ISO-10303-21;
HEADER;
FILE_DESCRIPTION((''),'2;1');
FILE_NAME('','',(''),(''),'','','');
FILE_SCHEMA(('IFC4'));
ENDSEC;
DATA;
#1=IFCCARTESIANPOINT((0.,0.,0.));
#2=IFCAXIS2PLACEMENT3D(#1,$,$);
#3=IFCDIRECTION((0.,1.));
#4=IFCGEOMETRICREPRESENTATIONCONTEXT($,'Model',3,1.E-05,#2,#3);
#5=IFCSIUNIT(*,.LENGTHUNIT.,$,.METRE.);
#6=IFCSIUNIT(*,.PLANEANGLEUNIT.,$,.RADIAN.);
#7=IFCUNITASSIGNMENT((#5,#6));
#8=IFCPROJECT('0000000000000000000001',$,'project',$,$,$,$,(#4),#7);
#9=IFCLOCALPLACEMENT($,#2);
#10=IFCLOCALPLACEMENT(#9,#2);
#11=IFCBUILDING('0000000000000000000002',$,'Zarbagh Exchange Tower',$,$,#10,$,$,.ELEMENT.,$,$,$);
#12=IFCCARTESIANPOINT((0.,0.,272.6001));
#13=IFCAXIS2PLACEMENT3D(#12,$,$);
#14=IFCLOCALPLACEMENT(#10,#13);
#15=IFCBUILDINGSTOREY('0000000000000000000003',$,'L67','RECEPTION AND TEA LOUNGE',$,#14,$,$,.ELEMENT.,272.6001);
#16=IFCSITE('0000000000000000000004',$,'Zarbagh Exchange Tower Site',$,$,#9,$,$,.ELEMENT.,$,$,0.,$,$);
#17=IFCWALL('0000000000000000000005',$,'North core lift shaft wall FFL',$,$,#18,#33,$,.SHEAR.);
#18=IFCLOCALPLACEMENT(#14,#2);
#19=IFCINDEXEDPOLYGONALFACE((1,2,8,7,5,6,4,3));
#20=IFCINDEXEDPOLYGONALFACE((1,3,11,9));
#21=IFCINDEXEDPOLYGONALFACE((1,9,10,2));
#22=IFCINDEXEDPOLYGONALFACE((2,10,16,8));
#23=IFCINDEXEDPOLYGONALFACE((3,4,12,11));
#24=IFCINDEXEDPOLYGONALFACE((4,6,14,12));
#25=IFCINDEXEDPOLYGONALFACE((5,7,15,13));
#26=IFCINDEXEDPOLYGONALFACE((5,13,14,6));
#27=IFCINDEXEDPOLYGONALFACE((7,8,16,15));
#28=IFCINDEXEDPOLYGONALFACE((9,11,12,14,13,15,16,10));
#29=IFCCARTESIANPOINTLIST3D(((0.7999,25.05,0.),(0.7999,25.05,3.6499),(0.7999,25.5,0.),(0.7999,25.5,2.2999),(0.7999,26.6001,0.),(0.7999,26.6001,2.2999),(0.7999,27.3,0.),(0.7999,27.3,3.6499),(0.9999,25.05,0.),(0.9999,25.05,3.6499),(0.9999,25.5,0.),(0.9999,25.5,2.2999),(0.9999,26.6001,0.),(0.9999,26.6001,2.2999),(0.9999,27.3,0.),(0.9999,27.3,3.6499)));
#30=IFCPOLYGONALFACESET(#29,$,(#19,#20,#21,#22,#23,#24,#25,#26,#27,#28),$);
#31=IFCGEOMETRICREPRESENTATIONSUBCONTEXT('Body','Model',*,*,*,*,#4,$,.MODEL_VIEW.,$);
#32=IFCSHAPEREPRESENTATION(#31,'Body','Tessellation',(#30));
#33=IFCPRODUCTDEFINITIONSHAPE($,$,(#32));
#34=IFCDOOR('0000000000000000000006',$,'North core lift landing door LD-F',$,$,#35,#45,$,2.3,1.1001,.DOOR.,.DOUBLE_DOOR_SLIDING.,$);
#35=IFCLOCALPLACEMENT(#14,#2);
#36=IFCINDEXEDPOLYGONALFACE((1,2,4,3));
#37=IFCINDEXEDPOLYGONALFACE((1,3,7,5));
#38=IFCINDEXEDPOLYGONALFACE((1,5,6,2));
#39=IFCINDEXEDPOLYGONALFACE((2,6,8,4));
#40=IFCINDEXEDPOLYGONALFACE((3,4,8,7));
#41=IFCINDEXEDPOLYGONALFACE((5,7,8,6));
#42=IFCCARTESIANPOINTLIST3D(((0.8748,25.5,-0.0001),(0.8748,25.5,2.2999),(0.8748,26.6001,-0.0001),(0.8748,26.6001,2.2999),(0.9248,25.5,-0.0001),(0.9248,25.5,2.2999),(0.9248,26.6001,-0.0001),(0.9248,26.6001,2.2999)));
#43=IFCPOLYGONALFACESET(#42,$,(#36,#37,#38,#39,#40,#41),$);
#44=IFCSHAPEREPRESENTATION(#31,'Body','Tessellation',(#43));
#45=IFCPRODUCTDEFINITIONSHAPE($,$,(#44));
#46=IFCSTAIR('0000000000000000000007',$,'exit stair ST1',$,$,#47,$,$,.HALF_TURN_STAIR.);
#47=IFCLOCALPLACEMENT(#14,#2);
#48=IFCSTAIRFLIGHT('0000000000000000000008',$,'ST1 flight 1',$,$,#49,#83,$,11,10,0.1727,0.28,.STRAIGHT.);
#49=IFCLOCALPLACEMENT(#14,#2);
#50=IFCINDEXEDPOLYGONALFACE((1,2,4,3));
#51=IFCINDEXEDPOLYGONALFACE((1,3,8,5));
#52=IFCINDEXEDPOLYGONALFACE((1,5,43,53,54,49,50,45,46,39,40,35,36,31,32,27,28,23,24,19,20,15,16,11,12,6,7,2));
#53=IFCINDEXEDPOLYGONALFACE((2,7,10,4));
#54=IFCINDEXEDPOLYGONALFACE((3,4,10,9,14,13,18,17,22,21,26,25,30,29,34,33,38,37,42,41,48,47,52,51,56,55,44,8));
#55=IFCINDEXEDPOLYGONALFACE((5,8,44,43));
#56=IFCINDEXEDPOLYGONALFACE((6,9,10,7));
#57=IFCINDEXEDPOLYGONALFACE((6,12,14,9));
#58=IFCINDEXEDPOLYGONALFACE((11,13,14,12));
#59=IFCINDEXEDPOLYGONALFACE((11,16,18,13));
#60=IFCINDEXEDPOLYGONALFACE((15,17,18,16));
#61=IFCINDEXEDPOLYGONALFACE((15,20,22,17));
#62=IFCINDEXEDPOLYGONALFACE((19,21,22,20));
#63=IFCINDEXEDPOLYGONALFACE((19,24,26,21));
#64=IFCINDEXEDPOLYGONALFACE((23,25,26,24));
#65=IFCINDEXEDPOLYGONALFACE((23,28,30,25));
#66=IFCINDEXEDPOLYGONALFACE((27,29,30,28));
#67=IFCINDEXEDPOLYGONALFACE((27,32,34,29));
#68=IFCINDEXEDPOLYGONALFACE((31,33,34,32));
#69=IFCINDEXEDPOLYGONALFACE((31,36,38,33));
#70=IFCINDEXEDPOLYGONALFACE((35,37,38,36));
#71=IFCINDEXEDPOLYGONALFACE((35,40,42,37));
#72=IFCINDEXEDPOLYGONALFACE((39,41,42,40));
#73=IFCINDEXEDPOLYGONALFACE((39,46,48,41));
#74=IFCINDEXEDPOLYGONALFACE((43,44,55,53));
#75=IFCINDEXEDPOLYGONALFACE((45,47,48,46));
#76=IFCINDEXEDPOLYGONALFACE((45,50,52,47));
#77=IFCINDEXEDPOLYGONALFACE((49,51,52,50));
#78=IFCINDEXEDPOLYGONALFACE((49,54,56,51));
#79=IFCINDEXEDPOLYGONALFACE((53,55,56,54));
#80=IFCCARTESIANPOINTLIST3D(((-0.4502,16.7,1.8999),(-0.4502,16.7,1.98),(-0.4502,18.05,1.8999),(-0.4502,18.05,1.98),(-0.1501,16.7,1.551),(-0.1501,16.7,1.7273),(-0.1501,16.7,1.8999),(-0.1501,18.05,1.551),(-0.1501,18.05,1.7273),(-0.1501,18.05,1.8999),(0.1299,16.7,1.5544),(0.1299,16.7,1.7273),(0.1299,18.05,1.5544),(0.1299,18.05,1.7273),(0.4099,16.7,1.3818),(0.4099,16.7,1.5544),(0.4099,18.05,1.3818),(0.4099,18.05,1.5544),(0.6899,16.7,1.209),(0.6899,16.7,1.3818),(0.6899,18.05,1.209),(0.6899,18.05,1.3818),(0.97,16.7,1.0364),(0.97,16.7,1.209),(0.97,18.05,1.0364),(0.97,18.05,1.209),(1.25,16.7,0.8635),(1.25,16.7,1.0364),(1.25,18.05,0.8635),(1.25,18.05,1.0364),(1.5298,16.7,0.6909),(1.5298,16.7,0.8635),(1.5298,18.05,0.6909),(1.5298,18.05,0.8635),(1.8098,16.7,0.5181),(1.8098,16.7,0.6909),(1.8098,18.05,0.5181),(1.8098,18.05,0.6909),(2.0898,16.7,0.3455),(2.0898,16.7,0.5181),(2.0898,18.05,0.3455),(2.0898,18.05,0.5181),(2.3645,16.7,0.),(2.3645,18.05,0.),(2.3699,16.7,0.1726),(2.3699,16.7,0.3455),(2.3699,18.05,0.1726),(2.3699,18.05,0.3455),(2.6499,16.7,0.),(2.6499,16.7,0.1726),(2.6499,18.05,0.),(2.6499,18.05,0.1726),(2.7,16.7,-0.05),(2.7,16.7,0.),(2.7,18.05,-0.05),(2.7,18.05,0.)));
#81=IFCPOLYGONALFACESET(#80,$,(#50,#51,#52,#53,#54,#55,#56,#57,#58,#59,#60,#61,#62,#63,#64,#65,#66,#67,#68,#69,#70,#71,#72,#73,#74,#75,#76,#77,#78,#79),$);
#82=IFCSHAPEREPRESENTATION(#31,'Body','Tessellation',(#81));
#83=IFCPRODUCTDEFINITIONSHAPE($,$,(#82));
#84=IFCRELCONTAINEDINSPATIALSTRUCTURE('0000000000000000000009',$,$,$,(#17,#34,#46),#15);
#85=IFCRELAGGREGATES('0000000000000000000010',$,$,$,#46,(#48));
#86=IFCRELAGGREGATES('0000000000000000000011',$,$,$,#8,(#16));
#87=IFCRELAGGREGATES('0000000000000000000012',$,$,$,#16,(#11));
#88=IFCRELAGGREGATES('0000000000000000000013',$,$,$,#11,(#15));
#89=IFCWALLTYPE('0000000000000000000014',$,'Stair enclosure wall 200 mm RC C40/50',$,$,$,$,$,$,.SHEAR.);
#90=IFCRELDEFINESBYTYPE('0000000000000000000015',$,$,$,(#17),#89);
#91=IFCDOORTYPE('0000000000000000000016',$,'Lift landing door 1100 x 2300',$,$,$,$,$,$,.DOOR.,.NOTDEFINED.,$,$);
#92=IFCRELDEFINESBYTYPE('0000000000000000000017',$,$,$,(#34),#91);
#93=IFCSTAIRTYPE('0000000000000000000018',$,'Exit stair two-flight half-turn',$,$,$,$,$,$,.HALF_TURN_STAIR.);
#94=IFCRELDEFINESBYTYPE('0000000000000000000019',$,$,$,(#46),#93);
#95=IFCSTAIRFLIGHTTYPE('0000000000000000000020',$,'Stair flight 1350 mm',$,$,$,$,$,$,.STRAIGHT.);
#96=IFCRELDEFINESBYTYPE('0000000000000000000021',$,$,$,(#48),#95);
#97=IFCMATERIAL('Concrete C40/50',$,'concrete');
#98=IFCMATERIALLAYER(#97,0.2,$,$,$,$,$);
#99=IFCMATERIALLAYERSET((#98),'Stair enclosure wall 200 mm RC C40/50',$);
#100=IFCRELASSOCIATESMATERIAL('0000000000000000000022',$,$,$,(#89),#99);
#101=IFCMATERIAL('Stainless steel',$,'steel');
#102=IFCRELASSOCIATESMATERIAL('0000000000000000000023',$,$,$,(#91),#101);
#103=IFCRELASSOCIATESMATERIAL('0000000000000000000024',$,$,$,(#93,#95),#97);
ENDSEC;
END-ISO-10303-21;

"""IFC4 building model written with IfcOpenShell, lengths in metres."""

from ifc_helpers import new_model, si_unit, direction, frame, frame_2d, origin, place, context, subcontext, project, spatial, polyline, rectangle, outline, extrude, material, layer, layer_set, type_object, element, fill, aggregate, save


model = new_model("IFC4")

# Units and contexts
model_context = context("Model", 3, precision=1e-05, world=origin(), true_north=direction((0.0, 1.0)))
body_context = subcontext(model_context, "Body", "Model", "MODEL_VIEW")
ifc_project = project(units=[si_unit("LENGTHUNIT", "METRE"), si_unit("PLANEANGLEUNIT", "RADIAN")], contexts=[model_context])

# Site, building, storey
site_placement = place(None, origin())
site = spatial("IfcSite", under=ifc_project, at=site_placement, Name="Zarbagh Exchange Tower Site", CompositionType="ELEMENT", RefElevation=0.0)
building_placement = place(site_placement, origin())
building = spatial("IfcBuilding", under=site, at=building_placement, Name="Zarbagh Exchange Tower", CompositionType="ELEMENT")
storey_placement = place(building_placement, frame((0.0, 0.0, 272.6001)))
storey = spatial("IfcBuildingStorey", under=building, at=storey_placement, Name="L67", Description="RECEPTION AND TEA LOUNGE", CompositionType="ELEMENT", Elevation=272.6001)

# Shared definitions
ifc_material_1 = material(Name="Concrete C40/50", Category="concrete")

# Wall, opening, door
ifc_layer_1 = layer(ifc_material_1, 0.2)
ifc_layer_set_1 = layer_set([ifc_layer_1], Name="Stair enclosure wall 200 mm RC C40/50")
wall_type_1 = type_object("IfcWallType", Name="Stair enclosure wall 200 mm RC C40/50", PredefinedType="SHEAR", material=ifc_layer_set_1)
wall_1_placement = place(storey_placement, frame((0.8999, 27.3, 0.0), z_axis=(0.0, 0.0, 1.0), x_axis=(0.0, -1.0, 0.0)))
wall_1 = element("IfcWall", 1, at=wall_1_placement, inside=storey, type_object=wall_type_1, Name="North core lift shaft wall FFL", PredefinedType="SHEAR", context=body_context, shape_type="SweptSolid", body=[
    extrude(rectangle(XDim=2.25, YDim=0.2, at=frame_2d((1.125, 0.0))), origin(), (0.0, 0.0, 1.0), 3.6499),
])
opening_1_placement = place(wall_1_placement, frame((0.7, 0.0, 0.0)))
opening_1 = element("IfcOpeningElement", 2, at=opening_1_placement, cuts=wall_1, PredefinedType="OPENING", context=body_context, shape_type="SweptSolid", body=[
    extrude(rectangle(XDim=1.1001, YDim=2.3, at=frame_2d((0.55, 1.1499))), frame((0.0, 0.1099, 0.0), z_axis=(0.0, -1.0, 0.0), x_axis=(1.0, 0.0, 0.0)), (0.0, 0.0, 1.0), 0.22),
])
ifc_material_2 = material(Name="Stainless steel", Category="steel")
door_type_1 = type_object("IfcDoorType", Name="Lift landing door 1100 x 2300", OperationType="NOTDEFINED", PredefinedType="DOOR", material=ifc_material_2)
door_1_placement = place(opening_1_placement, origin())
door_1 = element("IfcDoor", 3, at=door_1_placement, inside=storey, type_object=door_type_1, Name="North core lift landing door LD-F", OperationType="DOUBLE_DOOR_SLIDING", OverallHeight=2.3, OverallWidth=1.1001, PredefinedType="DOOR", context=body_context, shape_type="SweptSolid", body=[
    extrude(rectangle(XDim=1.1001, YDim=2.3, at=frame_2d((0.55, 1.1499))), frame((0.0, 0.0249, 0.0), z_axis=(0.0, -1.0, 0.0), x_axis=(1.0, 0.0, 0.0)), (0.0, 0.0, 1.0), 0.05),
])
fill(opening_1, door_1)

# Stair, stair flight
stair_type = type_object("IfcStairType", Name="Exit stair two-flight half-turn", PredefinedType="HALF_TURN_STAIR", material=ifc_material_1)
stair_placement = place(storey_placement, origin())
stair = element("IfcStair", 4, at=stair_placement, inside=storey, type_object=stair_type, Name="exit stair ST1", PredefinedType="HALF_TURN_STAIR")
stair_flight_type = type_object("IfcStairFlightType", Name="Stair flight 1350 mm", PredefinedType="STRAIGHT", material=ifc_material_1)
stair_flight_placement = place(storey_placement, frame((2.6499, 17.375, 0.0), z_axis=(0.0, 0.0, 1.0), x_axis=(-1.0, 0.0, 0.0)))
stair_flight = element("IfcStairFlight", 5, at=stair_flight_placement, type_object=stair_flight_type, Name="ST1 flight 1", NumberOfRisers=11, NumberOfTreads=10, PredefinedType="STRAIGHT", RiserHeight=0.1727, TreadLength=0.28, context=body_context, shape_type="SweptSolid", body=[
    extrude(outline(polyline([(-0.05, -0.05), (-0.05, 0.0), (0.0, 0.0), (0.0, 0.1726), (0.28, 0.1726), (0.28, 0.3455), (0.5601, 0.3455), (0.5601, 0.5181), (0.8401, 0.5181), (0.8401, 0.6909), (1.1201, 0.6909), (1.1201, 0.8635), (1.3999, 0.8635), (1.3999, 1.0364), (1.6799, 1.0364), (1.6799, 1.209), (1.96, 1.209), (1.96, 1.3818), (2.24, 1.3818), (2.24, 1.5544), (2.52, 1.5544), (2.52, 1.7273), (2.8, 1.7273), (2.8, 1.8999), (3.1001, 1.98), (3.1001, 1.8999), (2.8, 1.551), (0.2854, 0.0), (-0.05, -0.05)])), frame((0.0, 0.675, 0.0), z_axis=(0.0, -1.0, 0.0), x_axis=(1.0, 0.0, 0.0)), (0.0, 0.0, 1.0), 1.3501),
])
aggregate(stair, [stair_flight])

save(model, "model.ifc")
